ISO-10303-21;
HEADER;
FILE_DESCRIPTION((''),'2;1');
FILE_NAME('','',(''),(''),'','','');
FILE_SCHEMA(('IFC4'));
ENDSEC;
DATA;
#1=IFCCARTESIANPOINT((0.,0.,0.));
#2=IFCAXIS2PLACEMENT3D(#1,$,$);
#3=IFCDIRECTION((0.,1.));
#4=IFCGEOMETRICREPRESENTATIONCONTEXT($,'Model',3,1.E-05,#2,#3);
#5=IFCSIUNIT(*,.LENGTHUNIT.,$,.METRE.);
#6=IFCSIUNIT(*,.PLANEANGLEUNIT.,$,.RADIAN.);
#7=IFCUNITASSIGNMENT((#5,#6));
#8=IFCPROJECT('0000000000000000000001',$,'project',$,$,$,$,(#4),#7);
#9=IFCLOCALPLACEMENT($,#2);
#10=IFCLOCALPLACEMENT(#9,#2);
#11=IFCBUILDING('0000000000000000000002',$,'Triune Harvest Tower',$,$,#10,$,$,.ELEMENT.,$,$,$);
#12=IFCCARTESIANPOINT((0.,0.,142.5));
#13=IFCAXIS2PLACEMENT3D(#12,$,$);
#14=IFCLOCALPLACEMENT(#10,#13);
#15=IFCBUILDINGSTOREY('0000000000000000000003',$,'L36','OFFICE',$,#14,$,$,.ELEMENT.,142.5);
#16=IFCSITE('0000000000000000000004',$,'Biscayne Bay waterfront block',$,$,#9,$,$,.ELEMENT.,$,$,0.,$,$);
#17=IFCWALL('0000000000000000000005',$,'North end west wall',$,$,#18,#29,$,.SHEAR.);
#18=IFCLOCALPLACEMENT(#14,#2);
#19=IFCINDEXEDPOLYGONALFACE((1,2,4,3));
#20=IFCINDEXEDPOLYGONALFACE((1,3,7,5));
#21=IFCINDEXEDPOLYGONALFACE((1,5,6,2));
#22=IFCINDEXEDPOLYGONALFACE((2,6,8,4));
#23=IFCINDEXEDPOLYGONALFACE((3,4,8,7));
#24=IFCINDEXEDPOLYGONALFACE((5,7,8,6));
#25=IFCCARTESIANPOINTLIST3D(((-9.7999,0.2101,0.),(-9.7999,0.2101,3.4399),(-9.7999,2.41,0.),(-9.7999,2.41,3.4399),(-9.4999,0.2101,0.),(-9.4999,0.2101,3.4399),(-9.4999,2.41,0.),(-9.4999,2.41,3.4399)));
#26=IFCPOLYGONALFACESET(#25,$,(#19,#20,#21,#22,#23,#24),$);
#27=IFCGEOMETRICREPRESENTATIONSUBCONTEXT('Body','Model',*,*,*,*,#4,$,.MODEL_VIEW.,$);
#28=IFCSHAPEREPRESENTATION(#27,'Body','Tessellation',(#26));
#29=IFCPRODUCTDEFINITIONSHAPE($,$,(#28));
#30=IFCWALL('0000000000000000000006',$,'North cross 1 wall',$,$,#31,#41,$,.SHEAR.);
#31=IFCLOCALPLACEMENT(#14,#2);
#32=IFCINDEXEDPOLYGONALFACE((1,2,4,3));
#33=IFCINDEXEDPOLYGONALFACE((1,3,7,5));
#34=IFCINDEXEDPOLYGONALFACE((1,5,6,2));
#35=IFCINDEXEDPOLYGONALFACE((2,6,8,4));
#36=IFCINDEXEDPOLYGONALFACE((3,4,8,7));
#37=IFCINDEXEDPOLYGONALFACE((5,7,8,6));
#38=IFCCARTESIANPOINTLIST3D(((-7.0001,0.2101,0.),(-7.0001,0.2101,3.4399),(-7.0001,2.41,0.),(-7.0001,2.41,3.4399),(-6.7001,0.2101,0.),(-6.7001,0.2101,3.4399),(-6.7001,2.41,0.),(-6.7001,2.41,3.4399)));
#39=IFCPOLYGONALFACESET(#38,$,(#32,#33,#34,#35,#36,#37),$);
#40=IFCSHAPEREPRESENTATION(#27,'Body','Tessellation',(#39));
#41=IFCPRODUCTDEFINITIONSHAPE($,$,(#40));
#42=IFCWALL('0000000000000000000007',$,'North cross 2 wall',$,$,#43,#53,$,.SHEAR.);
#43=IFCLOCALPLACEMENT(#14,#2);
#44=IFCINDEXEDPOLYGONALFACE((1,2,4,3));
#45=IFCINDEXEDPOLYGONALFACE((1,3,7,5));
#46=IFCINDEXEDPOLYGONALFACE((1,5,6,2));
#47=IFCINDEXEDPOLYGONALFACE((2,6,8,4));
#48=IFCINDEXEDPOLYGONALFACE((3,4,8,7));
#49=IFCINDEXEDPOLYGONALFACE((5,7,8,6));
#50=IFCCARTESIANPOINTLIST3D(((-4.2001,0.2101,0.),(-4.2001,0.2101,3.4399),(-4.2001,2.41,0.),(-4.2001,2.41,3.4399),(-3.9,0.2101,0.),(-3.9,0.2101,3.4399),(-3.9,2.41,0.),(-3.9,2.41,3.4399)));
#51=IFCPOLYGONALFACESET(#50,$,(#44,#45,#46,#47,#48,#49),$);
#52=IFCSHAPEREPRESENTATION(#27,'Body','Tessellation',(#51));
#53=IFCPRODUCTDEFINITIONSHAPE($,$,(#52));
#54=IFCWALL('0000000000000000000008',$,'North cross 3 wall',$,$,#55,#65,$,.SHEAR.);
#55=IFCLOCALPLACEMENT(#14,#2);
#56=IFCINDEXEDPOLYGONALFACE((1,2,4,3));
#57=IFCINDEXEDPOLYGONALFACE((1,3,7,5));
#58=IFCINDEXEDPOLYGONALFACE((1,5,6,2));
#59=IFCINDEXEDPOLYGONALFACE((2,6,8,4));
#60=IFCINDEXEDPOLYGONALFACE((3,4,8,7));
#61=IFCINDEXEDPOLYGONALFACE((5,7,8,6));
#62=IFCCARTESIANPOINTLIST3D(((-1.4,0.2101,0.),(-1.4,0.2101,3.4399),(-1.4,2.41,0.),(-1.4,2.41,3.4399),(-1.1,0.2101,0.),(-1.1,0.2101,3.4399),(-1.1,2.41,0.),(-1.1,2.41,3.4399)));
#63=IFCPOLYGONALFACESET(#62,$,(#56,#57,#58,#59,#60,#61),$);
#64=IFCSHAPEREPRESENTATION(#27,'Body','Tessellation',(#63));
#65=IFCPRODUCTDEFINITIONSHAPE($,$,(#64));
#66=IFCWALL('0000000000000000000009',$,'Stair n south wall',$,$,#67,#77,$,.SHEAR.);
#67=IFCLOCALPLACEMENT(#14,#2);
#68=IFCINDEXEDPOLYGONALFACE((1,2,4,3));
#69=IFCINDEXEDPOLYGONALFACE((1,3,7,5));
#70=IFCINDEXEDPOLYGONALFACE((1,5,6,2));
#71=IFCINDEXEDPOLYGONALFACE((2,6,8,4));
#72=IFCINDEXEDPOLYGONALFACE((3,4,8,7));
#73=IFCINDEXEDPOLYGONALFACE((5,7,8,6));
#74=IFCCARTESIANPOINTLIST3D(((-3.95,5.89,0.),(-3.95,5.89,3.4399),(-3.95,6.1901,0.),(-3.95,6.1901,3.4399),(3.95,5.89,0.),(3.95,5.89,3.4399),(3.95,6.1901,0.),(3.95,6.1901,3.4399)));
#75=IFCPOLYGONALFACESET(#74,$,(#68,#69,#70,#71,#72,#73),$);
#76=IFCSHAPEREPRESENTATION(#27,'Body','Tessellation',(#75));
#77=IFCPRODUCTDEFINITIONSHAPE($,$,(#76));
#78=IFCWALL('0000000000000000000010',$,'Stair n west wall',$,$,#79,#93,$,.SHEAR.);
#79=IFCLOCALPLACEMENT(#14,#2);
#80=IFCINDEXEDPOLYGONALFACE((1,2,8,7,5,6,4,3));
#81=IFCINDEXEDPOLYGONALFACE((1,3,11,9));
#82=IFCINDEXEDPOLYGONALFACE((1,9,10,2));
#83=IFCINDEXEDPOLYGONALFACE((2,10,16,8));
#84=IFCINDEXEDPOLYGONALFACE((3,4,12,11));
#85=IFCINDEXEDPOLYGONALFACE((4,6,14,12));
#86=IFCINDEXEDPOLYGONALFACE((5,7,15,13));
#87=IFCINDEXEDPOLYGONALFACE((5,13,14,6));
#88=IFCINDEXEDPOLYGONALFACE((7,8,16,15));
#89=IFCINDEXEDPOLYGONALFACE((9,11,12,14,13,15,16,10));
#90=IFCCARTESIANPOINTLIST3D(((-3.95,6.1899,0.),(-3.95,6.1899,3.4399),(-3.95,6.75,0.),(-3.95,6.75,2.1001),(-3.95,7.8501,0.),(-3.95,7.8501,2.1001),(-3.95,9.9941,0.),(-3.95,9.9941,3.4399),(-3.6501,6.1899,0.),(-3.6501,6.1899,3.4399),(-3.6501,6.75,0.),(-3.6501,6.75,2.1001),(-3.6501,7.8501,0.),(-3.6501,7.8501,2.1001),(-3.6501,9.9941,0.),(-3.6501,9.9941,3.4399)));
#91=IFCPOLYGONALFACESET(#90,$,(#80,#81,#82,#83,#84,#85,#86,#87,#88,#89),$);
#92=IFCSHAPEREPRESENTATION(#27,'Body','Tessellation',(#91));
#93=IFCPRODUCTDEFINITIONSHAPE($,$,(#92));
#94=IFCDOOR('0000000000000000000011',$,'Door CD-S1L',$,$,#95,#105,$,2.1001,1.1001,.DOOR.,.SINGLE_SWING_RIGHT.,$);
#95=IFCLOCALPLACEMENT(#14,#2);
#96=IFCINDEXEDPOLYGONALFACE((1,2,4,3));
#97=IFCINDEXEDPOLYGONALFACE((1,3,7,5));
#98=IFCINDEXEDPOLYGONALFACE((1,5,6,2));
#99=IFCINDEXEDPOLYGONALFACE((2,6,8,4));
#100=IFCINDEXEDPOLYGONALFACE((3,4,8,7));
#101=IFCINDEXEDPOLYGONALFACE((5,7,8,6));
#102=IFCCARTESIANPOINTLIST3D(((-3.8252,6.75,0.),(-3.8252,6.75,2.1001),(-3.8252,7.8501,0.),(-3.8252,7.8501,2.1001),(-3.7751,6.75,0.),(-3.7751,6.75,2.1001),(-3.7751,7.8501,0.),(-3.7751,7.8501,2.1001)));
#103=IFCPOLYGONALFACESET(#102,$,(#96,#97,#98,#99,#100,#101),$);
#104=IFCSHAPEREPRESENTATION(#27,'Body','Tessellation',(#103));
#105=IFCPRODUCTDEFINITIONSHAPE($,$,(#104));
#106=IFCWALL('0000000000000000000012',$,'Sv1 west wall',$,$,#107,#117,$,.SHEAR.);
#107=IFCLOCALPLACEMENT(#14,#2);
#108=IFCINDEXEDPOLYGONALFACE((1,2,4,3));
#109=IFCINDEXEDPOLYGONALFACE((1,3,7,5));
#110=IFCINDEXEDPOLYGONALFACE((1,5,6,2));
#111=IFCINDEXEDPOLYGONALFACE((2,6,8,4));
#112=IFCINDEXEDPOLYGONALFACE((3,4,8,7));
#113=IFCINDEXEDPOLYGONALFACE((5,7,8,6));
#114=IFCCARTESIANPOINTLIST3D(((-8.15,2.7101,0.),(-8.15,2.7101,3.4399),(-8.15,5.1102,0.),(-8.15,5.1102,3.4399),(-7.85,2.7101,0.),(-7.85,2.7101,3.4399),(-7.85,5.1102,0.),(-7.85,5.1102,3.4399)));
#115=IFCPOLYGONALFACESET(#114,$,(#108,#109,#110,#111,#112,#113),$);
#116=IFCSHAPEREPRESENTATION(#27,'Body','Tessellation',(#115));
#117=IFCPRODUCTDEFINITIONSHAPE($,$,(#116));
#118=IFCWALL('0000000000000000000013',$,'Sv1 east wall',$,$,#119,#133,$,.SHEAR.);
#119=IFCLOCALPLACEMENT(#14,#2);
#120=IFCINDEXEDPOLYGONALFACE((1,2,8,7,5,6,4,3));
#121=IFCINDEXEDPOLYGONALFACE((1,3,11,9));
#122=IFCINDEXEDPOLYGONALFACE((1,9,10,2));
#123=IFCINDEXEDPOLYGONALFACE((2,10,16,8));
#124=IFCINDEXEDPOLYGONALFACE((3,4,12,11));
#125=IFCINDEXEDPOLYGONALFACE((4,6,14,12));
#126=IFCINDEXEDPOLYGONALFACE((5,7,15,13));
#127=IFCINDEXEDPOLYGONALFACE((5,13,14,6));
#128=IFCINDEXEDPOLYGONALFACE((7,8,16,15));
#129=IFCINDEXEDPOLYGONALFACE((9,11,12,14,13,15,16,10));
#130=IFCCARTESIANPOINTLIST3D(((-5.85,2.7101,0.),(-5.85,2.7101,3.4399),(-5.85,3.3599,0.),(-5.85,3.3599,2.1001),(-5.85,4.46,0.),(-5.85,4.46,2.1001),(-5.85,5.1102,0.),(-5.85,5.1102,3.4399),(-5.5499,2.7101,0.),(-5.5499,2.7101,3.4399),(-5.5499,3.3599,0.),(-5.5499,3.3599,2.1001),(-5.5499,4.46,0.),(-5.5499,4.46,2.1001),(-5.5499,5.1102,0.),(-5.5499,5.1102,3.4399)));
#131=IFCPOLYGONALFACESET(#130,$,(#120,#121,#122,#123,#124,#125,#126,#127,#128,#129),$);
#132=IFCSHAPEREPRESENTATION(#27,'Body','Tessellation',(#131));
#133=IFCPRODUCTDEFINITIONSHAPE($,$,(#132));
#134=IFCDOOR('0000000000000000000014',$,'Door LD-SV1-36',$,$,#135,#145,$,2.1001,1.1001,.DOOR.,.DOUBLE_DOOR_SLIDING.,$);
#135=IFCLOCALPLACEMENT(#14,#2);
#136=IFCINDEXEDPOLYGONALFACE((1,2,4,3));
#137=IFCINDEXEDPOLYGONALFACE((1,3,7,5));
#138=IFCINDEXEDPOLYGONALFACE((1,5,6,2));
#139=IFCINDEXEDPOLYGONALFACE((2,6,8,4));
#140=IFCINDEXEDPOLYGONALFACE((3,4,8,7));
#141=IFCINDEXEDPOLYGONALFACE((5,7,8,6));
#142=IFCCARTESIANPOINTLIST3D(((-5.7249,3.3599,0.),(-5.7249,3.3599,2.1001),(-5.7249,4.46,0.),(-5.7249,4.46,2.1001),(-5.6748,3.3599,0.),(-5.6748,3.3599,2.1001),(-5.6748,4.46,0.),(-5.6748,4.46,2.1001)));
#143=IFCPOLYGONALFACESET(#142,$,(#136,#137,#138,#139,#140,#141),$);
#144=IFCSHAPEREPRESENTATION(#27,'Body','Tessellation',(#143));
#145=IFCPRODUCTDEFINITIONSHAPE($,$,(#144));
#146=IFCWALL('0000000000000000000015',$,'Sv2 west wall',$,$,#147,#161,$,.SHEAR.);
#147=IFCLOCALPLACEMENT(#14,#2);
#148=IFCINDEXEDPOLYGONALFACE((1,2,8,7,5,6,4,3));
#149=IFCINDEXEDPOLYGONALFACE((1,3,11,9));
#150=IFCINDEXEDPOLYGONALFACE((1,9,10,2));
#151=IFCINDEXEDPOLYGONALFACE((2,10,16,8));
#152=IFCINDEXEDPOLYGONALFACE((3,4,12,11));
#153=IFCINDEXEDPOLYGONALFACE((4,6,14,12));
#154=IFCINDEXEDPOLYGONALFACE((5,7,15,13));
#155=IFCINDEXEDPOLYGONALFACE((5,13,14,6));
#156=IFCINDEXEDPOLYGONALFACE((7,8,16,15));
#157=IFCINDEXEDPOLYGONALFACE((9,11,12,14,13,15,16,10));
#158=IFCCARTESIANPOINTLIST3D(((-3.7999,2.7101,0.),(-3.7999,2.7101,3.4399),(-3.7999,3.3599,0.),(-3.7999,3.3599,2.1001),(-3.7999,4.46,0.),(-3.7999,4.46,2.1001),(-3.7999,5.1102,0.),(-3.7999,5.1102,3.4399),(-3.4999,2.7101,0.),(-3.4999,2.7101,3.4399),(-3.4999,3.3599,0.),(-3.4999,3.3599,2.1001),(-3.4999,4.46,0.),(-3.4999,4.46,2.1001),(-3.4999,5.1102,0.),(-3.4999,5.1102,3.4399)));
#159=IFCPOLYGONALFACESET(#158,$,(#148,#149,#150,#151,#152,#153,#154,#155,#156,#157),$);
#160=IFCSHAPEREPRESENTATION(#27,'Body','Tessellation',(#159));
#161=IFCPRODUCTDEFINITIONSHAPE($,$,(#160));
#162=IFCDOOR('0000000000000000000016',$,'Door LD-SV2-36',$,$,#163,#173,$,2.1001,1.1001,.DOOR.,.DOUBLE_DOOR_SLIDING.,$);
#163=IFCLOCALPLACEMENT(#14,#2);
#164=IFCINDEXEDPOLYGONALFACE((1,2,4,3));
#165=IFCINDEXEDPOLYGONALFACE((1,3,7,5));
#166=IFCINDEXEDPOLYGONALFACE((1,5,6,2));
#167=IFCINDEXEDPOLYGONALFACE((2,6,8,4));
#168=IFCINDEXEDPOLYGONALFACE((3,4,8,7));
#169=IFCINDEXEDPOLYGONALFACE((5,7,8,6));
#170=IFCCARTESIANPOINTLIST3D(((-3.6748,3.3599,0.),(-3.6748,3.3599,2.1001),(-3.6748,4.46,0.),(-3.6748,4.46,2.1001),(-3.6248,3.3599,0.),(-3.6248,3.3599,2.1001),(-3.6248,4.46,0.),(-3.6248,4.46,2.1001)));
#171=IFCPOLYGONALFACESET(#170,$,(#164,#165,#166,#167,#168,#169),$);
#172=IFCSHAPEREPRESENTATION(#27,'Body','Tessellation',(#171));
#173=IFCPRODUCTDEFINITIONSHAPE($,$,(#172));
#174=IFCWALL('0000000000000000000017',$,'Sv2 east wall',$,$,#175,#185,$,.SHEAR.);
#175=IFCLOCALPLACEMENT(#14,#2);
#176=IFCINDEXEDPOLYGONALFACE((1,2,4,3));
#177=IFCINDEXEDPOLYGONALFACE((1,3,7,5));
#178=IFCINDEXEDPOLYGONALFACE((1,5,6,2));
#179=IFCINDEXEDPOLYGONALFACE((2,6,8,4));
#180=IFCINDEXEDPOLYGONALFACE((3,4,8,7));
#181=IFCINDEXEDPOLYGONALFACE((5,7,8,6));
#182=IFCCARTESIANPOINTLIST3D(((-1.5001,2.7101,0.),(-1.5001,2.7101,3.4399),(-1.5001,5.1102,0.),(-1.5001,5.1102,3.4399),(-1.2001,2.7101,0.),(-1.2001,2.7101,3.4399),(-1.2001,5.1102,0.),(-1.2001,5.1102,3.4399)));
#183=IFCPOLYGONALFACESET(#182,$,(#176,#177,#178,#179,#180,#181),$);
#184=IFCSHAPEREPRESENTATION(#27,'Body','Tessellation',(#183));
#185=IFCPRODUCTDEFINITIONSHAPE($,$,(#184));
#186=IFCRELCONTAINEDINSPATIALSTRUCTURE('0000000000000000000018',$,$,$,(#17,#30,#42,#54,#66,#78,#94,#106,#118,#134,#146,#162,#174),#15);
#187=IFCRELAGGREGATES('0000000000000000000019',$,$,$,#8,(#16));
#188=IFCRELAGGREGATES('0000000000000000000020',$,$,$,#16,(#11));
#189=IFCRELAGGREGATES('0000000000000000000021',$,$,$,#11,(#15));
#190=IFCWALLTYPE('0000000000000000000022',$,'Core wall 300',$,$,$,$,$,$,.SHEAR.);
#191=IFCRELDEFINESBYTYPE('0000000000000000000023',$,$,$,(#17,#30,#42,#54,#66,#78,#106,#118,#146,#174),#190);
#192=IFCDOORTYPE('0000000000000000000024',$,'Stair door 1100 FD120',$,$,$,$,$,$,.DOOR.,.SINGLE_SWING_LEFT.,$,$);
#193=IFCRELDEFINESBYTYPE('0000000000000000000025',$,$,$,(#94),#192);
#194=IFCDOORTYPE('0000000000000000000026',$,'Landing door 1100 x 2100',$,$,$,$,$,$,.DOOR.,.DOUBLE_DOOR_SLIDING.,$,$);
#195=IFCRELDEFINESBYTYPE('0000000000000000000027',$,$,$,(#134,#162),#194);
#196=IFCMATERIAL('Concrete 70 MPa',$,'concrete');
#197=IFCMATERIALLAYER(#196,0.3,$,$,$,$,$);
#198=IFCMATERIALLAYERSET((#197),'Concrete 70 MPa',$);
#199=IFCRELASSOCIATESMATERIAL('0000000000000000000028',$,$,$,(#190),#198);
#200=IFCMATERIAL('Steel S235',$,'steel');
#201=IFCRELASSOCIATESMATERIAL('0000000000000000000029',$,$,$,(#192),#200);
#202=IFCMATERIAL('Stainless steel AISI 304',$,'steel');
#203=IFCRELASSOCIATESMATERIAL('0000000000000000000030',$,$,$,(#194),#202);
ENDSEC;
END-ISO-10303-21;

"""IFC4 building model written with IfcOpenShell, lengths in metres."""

from ifc_helpers import new_model, si_unit, direction, frame, frame_2d, origin, place, context, subcontext, project, spatial, polyline, rectangle, outline, extrude, source, transform, mapped, material, layer, layer_set, type_object, element, fill, save


model = new_model("IFC4")

# Units and contexts
model_context = context("Model", 3, precision=1e-05, world=origin(), true_north=direction((0.0, 1.0)))
body_context = subcontext(model_context, "Body", "Model", "MODEL_VIEW")
ifc_project = project(units=[si_unit("LENGTHUNIT", "METRE"), si_unit("PLANEANGLEUNIT", "RADIAN")], contexts=[model_context])

# Site, building, storey
site_placement = place(None, origin())
site = spatial("IfcSite", under=ifc_project, at=site_placement, Name="Biscayne Bay waterfront block", CompositionType="ELEMENT", RefElevation=0.0)
building_placement = place(site_placement, origin())
building = spatial("IfcBuilding", under=site, at=building_placement, Name="Triune Harvest Tower", CompositionType="ELEMENT")
storey_placement = place(building_placement, frame((0.0, 0.0, 142.5)))
storey = spatial("IfcBuildingStorey", under=building, at=storey_placement, Name="L36", Description="OFFICE", CompositionType="ELEMENT", Elevation=142.5)

# Walls
ifc_material_1 = material(Name="Concrete 70 MPa", Category="concrete")
ifc_layer_1 = layer(ifc_material_1, 0.3)
ifc_layer_set_1 = layer_set([ifc_layer_1], Name="Concrete 70 MPa")
wall_type_1 = type_object("IfcWallType", Name="Core wall 300", PredefinedType="SHEAR", material=ifc_layer_set_1)
shared_shape_1 = source(origin(), body_context, "Body", "SweptSolid", [
    extrude(rectangle(XDim=2.2, YDim=0.3, at=frame_2d((1.1001, 0.0))), origin(), (0.0, 0.0, 1.0), 3.4399),
])
for number, where, z_axis, x_axis, name in (
    (1, (-9.6499, 0.21, 0.0), (0.0, 0.0, 1.0), (0.0, 1.0, 0.0), "North end west wall"),
    (2, (-6.8501, 0.21, 0.0), (0.0, 0.0, 1.0), (0.0, 1.0, 0.0), "North cross 1 wall"),
    (3, (-4.05, 0.21, 0.0), (0.0, 0.0, 1.0), (0.0, 1.0, 0.0), "North cross 2 wall"),
    (4, (-1.25, 0.21, 0.0), (0.0, 0.0, 1.0), (0.0, 1.0, 0.0), "North cross 3 wall"),
):
    element("IfcWall", number, at=place(storey_placement, frame(where, z_axis=z_axis, x_axis=x_axis)), inside=storey, type_object=wall_type_1, Name=name, PredefinedType="SHEAR", context=body_context, shape_type="MappedRepresentation", body=[
        mapped(shared_shape_1, transform((0.0, 0.0, 0.0), scale=1.0)),
    ])
shared_shape_2 = source(origin(), body_context, "Body", "SweptSolid", [
    extrude(rectangle(XDim=7.8999, YDim=0.3, at=frame_2d((3.95, 0.0))), origin(), (0.0, 0.0, 1.0), 3.4399),
])
wall_1_placement = place(storey_placement, frame((-3.95, 6.04, 0.0), z_axis=(0.0, 0.0, 1.0), x_axis=(1.0, 0.0, 0.0)))
element("IfcWall", 5, at=wall_1_placement, inside=storey, type_object=wall_type_1, Name="Stair n south wall", PredefinedType="SHEAR", context=body_context, shape_type="MappedRepresentation", body=[
    mapped(shared_shape_2, transform((0.0, 0.0, 0.0), scale=1.0)),
])

# Wall, opening, door
shared_shape_3 = source(origin(), body_context, "Body", "SweptSolid", [
    extrude(outline(polyline([(0.0, -0.1499), (0.0, 0.1499), (3.8042, 0.1499), (3.8042, -0.1499), (0.0, -0.1499)])), origin(), (0.0, 0.0, 1.0), 3.4399),
])
wall_2_placement = place(storey_placement, frame((-3.8, 6.1899, 0.0), z_axis=(0.0, 0.0, 1.0), x_axis=(0.0, 1.0, 0.0)))
wall_2 = element("IfcWall", 6, at=wall_2_placement, inside=storey, type_object=wall_type_1, Name="Stair n west wall", PredefinedType="SHEAR", context=body_context, shape_type="MappedRepresentation", body=[
    mapped(shared_shape_3, transform((0.0, 0.0, 0.0), scale=1.0)),
])
opening_1_placement = place(wall_2_placement, frame((0.5601, 0.0, 0.0)))
opening_1 = element("IfcOpeningElement", 7, at=opening_1_placement, cuts=wall_2, PredefinedType="OPENING", context=body_context, shape_type="SweptSolid", body=[
    extrude(rectangle(XDim=1.1001, YDim=2.1001, at=frame_2d((0.55, 1.05))), frame((0.0, 0.1602, 0.0), z_axis=(0.0, -1.0, 0.0), x_axis=(1.0, 0.0, 0.0)), (0.0, 0.0, 1.0), 0.3201),
])
ifc_material_2 = material(Name="Steel S235", Category="steel")
door_type_1 = type_object("IfcDoorType", Name="Stair door 1100 FD120", OperationType="SINGLE_SWING_LEFT", PredefinedType="DOOR", material=ifc_material_2)
door_1_placement = place(opening_1_placement, frame((1.1001, 0.0, 0.0), z_axis=(0.0, 0.0, 1.0), x_axis=(-1.0, 0.0, 0.0)))
door_1 = element("IfcDoor", 8, at=door_1_placement, inside=storey, type_object=door_type_1, Name="Door CD-S1L", OperationType="SINGLE_SWING_RIGHT", OverallHeight=2.1001, OverallWidth=1.1001, PredefinedType="DOOR", context=body_context, shape_type="SweptSolid", body=[
    extrude(rectangle(XDim=1.1001, YDim=2.1001, at=frame_2d((0.55, 1.05))), frame((0.0, 0.0249, 0.0), z_axis=(0.0, -1.0, 0.0), x_axis=(1.0, 0.0, 0.0)), (0.0, 0.0, 1.0), 0.05),
])
fill(opening_1, door_1)

# Wall
shared_shape_4 = source(origin(), body_context, "Body", "SweptSolid", [
    extrude(rectangle(XDim=2.4001, YDim=0.3, at=frame_2d((1.2002, 0.0))), origin(), (0.0, 0.0, 1.0), 3.4399),
])
wall_3_placement = place(storey_placement, frame((-8.0, 2.71, 0.0), z_axis=(0.0, 0.0, 1.0), x_axis=(0.0, 1.0, 0.0)))
element("IfcWall", 9, at=wall_3_placement, inside=storey, type_object=wall_type_1, Name="Sv1 west wall", PredefinedType="SHEAR", context=body_context, shape_type="MappedRepresentation", body=[
    mapped(shared_shape_4, transform((0.0, 0.0, 0.0), scale=1.0)),
])

# Walls, openings, doors
wall_4_placement = place(storey_placement, frame((-5.7, 2.71, 0.0), z_axis=(0.0, 0.0, 1.0), x_axis=(0.0, 1.0, 0.0)))
wall_4 = element("IfcWall", 10, at=wall_4_placement, inside=storey, type_object=wall_type_1, Name="Sv1 east wall", PredefinedType="SHEAR", context=body_context, shape_type="MappedRepresentation", body=[
    mapped(shared_shape_4, transform((0.0, 0.0, 0.0), scale=1.0)),
])
opening_2_placement = place(wall_4_placement, frame((0.6499, 0.0, 0.0)))
opening_2 = element("IfcOpeningElement", 11, at=opening_2_placement, cuts=wall_4, PredefinedType="OPENING", context=body_context, shape_type="SweptSolid", body=[
    extrude(rectangle(XDim=1.1001, YDim=2.1001, at=frame_2d((0.55, 1.05))), frame((0.0, 0.1602, 0.0), z_axis=(0.0, -1.0, 0.0), x_axis=(1.0, 0.0, 0.0)), (0.0, 0.0, 1.0), 0.3201),
])
ifc_material_3 = material(Name="Stainless steel AISI 304", Category="steel")
door_type_2 = type_object("IfcDoorType", Name="Landing door 1100 x 2100", OperationType="DOUBLE_DOOR_SLIDING", PredefinedType="DOOR", material=ifc_material_3)
door_2_placement = place(opening_2_placement, origin())
door_2 = element("IfcDoor", 12, at=door_2_placement, inside=storey, type_object=door_type_2, Name="Door LD-SV1-36", OperationType="DOUBLE_DOOR_SLIDING", OverallHeight=2.1001, OverallWidth=1.1001, PredefinedType="DOOR", context=body_context, shape_type="SweptSolid", body=[
    extrude(rectangle(XDim=1.1001, YDim=2.1001, at=frame_2d((0.55, 1.05))), frame((0.0, 0.0249, 0.0), z_axis=(0.0, -1.0, 0.0), x_axis=(1.0, 0.0, 0.0)), (0.0, 0.0, 1.0), 0.05),
])
fill(opening_2, door_2)
wall_5_placement = place(storey_placement, frame((-3.6499, 2.71, 0.0), z_axis=(0.0, 0.0, 1.0), x_axis=(0.0, 1.0, 0.0)))
wall_5 = element("IfcWall", 13, at=wall_5_placement, inside=storey, type_object=wall_type_1, Name="Sv2 west wall", PredefinedType="SHEAR", context=body_context, shape_type="MappedRepresentation", body=[
    mapped(shared_shape_4, transform((0.0, 0.0, 0.0), scale=1.0)),
])
opening_3_placement = place(wall_5_placement, frame((0.6499, 0.0, 0.0)))
opening_3 = element("IfcOpeningElement", 14, at=opening_3_placement, cuts=wall_5, PredefinedType="OPENING", context=body_context, shape_type="SweptSolid", body=[
    extrude(rectangle(XDim=1.1001, YDim=2.1001, at=frame_2d((0.55, 1.05))), frame((0.0, 0.1602, 0.0), z_axis=(0.0, -1.0, 0.0), x_axis=(1.0, 0.0, 0.0)), (0.0, 0.0, 1.0), 0.3201),
])
door_3_placement = place(opening_3_placement, origin())
door_3 = element("IfcDoor", 15, at=door_3_placement, inside=storey, type_object=door_type_2, Name="Door LD-SV2-36", OperationType="DOUBLE_DOOR_SLIDING", OverallHeight=2.1001, OverallWidth=1.1001, PredefinedType="DOOR", context=body_context, shape_type="SweptSolid", body=[
    extrude(rectangle(XDim=1.1001, YDim=2.1001, at=frame_2d((0.55, 1.05))), frame((0.0, 0.0249, 0.0), z_axis=(0.0, -1.0, 0.0), x_axis=(1.0, 0.0, 0.0)), (0.0, 0.0, 1.0), 0.05),
])
fill(opening_3, door_3)

# Wall
wall_6_placement = place(storey_placement, frame((-1.3501, 2.71, 0.0), z_axis=(0.0, 0.0, 1.0), x_axis=(0.0, 1.0, 0.0)))
element("IfcWall", 16, at=wall_6_placement, inside=storey, type_object=wall_type_1, Name="Sv2 east wall", PredefinedType="SHEAR", context=body_context, shape_type="MappedRepresentation", body=[
    mapped(shared_shape_4, transform((0.0, 0.0, 0.0), scale=1.0)),
])

save(model, "model.ifc")
